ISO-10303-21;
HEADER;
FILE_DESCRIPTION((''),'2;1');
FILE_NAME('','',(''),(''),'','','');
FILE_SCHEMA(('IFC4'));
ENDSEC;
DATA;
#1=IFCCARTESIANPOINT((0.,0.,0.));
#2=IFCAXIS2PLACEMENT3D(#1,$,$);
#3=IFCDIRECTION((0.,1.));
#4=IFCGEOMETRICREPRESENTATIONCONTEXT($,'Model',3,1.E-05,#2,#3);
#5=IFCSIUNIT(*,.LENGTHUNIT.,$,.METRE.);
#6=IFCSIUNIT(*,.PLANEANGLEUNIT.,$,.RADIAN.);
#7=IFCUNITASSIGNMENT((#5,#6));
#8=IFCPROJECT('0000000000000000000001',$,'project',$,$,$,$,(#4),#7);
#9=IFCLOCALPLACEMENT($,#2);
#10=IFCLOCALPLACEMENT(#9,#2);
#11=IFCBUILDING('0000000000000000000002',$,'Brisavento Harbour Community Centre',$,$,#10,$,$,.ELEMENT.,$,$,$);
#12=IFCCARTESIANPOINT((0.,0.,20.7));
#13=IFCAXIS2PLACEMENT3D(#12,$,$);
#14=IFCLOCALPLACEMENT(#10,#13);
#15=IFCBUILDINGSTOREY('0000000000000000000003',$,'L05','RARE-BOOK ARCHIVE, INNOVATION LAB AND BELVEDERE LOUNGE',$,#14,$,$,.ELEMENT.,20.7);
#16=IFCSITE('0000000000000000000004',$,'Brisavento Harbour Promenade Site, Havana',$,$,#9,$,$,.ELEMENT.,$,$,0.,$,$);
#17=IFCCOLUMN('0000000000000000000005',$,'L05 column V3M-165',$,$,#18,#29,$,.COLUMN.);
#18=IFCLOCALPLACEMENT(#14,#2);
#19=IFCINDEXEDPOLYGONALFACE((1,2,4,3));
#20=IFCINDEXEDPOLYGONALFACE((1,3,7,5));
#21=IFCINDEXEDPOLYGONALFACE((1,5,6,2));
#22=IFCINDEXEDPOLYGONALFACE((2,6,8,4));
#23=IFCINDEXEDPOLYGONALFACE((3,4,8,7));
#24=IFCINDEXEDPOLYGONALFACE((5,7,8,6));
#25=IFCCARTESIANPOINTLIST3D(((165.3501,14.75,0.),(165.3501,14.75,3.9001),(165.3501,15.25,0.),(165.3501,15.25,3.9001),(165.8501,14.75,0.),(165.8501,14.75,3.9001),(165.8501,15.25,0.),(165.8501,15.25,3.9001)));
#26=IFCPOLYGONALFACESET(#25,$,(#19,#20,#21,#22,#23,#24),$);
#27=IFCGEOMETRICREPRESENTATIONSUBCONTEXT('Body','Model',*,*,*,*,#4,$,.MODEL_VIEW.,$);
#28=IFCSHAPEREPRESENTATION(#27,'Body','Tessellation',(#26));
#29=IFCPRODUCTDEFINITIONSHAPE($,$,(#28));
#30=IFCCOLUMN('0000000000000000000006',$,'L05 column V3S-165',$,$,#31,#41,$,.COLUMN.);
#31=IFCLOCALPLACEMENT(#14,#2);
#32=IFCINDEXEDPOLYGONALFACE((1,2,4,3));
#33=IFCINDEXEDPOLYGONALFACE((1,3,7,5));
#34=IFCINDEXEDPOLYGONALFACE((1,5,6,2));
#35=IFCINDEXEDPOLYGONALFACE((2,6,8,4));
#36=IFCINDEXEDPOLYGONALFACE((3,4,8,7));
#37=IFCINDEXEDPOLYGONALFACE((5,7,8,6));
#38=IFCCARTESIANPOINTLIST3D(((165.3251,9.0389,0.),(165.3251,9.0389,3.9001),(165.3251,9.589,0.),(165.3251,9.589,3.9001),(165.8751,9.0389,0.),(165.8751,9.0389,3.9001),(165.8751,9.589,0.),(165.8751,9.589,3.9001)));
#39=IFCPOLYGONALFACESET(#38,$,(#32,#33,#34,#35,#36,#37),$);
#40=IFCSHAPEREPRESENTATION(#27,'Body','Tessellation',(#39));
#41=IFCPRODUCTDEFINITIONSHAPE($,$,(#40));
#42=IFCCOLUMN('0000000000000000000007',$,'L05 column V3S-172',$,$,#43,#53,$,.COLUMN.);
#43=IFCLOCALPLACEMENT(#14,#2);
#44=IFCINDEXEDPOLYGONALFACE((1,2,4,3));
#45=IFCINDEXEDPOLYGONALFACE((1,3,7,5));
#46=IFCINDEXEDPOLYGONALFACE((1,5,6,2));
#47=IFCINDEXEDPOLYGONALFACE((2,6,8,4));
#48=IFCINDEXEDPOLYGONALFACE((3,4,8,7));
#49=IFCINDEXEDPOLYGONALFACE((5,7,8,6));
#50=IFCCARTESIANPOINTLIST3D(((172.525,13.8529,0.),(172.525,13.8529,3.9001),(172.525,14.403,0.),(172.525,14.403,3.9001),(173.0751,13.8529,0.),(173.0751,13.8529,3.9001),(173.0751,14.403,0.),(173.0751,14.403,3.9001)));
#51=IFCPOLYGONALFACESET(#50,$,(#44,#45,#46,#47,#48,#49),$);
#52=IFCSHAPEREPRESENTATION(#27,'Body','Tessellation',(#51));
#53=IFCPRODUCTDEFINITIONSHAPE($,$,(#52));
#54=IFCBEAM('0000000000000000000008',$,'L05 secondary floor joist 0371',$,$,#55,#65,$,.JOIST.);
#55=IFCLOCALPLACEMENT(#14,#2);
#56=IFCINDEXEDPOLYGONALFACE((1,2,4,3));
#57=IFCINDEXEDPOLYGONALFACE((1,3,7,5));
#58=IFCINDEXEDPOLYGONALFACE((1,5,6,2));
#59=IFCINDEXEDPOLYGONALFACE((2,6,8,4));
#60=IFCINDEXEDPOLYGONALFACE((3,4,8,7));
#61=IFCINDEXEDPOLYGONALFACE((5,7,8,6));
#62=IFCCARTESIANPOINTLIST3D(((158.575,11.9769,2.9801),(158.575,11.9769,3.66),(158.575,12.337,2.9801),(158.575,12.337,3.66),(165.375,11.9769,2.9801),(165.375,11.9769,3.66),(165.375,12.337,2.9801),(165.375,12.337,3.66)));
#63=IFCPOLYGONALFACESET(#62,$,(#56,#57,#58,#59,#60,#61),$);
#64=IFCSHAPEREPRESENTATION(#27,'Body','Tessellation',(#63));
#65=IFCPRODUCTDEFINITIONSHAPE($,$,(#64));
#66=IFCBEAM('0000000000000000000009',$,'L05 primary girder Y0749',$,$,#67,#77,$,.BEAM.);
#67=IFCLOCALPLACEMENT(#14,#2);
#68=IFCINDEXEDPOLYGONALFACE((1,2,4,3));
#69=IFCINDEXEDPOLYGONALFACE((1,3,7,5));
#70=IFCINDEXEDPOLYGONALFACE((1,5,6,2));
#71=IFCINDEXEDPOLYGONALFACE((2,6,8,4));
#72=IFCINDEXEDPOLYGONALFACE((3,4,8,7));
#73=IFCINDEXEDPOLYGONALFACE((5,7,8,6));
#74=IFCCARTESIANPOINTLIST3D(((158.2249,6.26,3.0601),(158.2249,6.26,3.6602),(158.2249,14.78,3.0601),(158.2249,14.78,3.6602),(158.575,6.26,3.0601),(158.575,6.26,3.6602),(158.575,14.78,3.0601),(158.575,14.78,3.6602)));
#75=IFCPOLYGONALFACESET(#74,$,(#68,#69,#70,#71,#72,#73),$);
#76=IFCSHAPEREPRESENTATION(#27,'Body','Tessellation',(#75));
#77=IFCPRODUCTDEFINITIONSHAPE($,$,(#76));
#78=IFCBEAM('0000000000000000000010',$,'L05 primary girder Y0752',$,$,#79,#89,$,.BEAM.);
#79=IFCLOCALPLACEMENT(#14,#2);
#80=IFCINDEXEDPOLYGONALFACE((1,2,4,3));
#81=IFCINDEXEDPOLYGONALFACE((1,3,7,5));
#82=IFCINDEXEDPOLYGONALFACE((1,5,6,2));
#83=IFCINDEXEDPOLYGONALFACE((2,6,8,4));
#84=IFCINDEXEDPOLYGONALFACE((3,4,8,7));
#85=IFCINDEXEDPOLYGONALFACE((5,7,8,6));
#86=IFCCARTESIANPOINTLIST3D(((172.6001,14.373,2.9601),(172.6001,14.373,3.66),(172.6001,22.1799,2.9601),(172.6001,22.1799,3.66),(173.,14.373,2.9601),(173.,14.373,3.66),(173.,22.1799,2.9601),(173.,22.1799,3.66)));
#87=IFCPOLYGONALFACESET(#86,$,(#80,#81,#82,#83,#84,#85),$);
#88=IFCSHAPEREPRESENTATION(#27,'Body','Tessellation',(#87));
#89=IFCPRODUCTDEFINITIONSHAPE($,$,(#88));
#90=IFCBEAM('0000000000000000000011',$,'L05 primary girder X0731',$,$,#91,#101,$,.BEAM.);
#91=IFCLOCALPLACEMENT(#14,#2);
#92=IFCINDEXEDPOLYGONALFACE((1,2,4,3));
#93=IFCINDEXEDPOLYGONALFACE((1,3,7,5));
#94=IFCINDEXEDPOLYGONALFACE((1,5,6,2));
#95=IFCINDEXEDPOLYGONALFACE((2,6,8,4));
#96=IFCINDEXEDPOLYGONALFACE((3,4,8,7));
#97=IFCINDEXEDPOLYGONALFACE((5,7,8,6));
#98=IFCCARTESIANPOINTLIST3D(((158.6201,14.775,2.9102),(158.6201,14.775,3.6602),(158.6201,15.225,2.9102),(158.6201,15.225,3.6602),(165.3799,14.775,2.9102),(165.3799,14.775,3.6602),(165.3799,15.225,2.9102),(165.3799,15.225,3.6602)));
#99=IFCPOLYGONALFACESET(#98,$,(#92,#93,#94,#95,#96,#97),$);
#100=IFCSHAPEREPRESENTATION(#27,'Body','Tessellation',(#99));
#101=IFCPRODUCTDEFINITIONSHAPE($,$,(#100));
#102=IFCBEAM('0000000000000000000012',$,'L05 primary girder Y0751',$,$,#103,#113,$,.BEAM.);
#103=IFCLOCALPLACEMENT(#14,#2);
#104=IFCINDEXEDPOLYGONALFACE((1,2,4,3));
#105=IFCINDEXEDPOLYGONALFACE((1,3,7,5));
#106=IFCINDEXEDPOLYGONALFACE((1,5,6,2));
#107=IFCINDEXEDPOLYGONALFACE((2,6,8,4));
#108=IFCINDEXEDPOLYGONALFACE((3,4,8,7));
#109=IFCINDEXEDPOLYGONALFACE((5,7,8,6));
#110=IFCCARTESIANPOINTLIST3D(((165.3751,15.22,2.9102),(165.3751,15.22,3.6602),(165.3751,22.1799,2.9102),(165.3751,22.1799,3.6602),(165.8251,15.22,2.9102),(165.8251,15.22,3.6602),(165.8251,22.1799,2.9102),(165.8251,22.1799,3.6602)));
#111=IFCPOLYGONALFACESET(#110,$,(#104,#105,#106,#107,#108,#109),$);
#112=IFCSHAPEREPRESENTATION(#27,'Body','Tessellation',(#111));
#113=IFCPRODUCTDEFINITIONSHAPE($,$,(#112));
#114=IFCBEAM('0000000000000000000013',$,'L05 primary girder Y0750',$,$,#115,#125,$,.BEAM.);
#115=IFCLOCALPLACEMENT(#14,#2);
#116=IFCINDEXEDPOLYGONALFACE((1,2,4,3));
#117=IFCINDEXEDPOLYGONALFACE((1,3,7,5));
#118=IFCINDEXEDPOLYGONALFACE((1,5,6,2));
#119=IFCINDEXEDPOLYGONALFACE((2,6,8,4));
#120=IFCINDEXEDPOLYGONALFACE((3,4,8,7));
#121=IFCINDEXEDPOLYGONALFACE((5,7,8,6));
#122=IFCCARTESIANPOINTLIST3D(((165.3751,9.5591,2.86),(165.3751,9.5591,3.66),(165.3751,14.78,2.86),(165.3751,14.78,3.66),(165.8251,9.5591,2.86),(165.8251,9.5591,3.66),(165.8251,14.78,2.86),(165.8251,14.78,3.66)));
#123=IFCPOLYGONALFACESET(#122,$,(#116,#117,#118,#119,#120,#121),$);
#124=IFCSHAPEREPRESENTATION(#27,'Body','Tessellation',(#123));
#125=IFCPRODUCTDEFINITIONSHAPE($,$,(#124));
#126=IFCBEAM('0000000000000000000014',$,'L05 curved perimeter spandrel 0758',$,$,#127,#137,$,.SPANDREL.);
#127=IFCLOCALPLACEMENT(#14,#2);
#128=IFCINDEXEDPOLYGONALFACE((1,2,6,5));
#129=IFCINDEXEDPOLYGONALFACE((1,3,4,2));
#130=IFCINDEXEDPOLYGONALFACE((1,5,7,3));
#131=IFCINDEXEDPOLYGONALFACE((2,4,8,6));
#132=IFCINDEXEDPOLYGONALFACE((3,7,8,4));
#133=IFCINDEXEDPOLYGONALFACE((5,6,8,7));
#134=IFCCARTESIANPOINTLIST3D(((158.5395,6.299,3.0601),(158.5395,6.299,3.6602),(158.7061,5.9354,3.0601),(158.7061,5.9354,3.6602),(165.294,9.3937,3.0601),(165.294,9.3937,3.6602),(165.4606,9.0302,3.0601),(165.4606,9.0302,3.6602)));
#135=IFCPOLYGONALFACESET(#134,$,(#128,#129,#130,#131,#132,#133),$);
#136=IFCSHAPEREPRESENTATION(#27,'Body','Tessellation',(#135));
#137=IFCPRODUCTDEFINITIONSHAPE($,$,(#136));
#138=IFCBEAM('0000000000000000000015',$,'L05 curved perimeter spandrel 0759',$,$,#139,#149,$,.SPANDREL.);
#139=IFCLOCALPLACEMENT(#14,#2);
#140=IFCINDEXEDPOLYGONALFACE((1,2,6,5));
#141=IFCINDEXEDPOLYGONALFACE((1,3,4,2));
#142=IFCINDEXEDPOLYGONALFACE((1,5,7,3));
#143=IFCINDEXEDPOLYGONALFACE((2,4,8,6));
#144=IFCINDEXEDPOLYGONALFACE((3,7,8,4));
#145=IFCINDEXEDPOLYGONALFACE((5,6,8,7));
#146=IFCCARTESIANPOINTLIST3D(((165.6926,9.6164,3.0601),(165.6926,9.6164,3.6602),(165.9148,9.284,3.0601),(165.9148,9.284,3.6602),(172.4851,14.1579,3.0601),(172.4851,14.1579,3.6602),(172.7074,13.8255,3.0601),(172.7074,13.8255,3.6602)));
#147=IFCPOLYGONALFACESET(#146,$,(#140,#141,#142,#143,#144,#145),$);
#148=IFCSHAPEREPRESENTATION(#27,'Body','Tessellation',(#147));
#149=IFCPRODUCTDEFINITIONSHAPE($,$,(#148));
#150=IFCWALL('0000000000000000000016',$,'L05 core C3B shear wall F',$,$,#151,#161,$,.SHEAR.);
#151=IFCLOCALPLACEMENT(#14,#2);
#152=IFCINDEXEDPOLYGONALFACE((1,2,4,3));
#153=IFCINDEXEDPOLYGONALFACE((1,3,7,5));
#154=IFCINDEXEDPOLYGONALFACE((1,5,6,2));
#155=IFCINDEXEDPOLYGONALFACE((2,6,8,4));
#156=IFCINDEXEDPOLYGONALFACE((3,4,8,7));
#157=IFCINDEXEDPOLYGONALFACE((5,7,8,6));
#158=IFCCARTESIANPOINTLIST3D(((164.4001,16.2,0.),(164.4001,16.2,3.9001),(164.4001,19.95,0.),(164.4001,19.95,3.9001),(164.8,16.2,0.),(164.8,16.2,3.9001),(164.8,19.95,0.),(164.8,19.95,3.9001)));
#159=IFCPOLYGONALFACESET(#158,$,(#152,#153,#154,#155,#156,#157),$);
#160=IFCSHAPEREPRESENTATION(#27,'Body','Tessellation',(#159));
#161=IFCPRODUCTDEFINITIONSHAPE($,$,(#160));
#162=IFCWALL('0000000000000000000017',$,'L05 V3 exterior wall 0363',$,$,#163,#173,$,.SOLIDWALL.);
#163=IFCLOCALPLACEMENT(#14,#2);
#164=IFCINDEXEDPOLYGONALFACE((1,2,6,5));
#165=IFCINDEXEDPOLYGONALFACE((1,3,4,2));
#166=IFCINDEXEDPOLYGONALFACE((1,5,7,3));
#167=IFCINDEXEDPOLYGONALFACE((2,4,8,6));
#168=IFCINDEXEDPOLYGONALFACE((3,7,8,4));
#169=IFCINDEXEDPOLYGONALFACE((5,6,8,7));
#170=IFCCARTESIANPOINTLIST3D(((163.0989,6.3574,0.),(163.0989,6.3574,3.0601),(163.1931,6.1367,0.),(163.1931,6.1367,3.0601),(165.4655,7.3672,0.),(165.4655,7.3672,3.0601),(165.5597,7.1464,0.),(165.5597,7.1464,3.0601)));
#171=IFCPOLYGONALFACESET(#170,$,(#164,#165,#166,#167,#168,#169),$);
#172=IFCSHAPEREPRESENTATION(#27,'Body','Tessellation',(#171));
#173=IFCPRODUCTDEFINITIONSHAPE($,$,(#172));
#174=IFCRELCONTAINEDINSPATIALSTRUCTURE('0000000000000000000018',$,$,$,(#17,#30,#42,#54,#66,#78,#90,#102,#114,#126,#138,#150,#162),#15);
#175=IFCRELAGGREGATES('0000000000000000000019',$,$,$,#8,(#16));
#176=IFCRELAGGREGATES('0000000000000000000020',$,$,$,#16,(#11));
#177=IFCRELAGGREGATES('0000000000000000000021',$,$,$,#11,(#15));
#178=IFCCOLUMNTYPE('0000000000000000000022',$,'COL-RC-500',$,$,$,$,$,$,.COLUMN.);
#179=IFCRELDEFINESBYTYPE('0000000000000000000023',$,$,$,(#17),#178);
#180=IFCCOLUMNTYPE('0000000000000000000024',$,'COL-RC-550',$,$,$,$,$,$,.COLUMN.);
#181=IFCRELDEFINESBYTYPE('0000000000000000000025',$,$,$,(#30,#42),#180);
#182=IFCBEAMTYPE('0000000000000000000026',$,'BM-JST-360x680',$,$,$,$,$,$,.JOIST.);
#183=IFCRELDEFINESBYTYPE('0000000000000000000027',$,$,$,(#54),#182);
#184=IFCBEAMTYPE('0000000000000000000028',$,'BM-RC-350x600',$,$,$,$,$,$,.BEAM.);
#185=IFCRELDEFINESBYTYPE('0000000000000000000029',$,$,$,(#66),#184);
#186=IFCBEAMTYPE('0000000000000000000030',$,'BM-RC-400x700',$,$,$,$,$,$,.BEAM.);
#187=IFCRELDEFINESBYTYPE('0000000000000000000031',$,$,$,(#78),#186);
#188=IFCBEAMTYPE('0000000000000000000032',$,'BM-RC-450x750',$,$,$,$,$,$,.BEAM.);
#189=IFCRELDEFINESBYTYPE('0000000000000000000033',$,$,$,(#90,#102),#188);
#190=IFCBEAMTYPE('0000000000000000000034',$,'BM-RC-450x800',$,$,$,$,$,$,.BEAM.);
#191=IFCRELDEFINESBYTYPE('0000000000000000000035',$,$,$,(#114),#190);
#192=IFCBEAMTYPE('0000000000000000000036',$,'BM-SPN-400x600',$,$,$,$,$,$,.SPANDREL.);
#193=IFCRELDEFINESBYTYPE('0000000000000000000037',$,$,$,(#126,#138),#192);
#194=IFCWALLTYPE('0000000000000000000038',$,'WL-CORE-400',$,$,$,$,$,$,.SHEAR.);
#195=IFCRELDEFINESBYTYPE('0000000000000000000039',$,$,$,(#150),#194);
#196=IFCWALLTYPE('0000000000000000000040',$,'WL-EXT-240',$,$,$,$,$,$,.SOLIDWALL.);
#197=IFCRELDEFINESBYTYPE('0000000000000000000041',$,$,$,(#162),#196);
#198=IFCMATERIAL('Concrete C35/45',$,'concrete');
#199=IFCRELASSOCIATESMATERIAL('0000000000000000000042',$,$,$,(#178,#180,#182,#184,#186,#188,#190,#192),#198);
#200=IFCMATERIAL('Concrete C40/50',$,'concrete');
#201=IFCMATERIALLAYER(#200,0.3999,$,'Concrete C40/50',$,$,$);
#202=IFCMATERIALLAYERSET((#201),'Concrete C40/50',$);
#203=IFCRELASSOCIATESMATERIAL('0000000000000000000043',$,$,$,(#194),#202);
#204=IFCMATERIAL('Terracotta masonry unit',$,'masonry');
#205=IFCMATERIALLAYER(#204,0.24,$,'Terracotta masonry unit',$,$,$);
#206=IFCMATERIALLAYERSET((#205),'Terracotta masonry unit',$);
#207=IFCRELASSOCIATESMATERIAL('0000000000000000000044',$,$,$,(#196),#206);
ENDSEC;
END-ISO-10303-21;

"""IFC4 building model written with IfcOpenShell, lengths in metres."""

from ifc_helpers import new_model, si_unit, direction, frame, frame_2d, origin, origin_2d, place, context, subcontext, project, spatial, rectangle, extrude, material, layer, layer_set, material_profile, profile_set, type_object, element, save


model = new_model("IFC4")

# Units and contexts
model_context = context("Model", 3, precision=1e-05, world=origin(), true_north=direction((0.0, 1.0)))
body_context = subcontext(model_context, "Body", "Model", "MODEL_VIEW")
ifc_project = project(units=[si_unit("LENGTHUNIT", "METRE"), si_unit("PLANEANGLEUNIT", "RADIAN")], contexts=[model_context])

# Site, building, storey
site_placement = place(None, origin())
site = spatial("IfcSite", under=ifc_project, at=site_placement, Name="Brisavento Harbour Promenade Site, Havana", CompositionType="ELEMENT", RefElevation=0.0)
building_placement = place(site_placement, origin())
building = spatial("IfcBuilding", under=site, at=building_placement, Name="Brisavento Harbour Community Centre", CompositionType="ELEMENT")
storey_placement = place(building_placement, frame((0.0, 0.0, 20.7)))
storey = spatial("IfcBuildingStorey", under=building, at=storey_placement, Name="L05", Description="RARE-BOOK ARCHIVE, INNOVATION LAB AND BELVEDERE LOUNGE", CompositionType="ELEMENT", Elevation=20.7)

# Columns
ifc_material_1 = material(Name="Concrete C35/45", Category="concrete")
ifc_material_profile_1 = material_profile(ifc_material_1, rectangle(XDim=0.5, YDim=0.5, at=origin_2d()), Name="Concrete C35/45")
ifc_profile_set_1 = profile_set([ifc_material_profile_1], Name="Concrete C35/45")
column_type_1 = type_object("IfcColumnType", Name="COL-RC-500", PredefinedType="COLUMN", material=ifc_profile_set_1)
column_placement = place(storey_placement, frame((165.6001, 15.0, 0.0), z_axis=(0.0, 0.0, 1.0), x_axis=(1.0, 0.0, 0.0)))
element("IfcColumn", 1, at=column_placement, inside=storey, type_object=column_type_1, Name="L05 column V3M-165", PredefinedType="COLUMN", context=body_context, shape_type="SweptSolid", body=[
    extrude(rectangle(XDim=0.5, YDim=0.5, at=origin_2d()), origin(), (0.0, 0.0, 1.0), 3.9001),
])
ifc_material_profile_2 = material_profile(ifc_material_1, rectangle(XDim=0.55, YDim=0.55, at=origin_2d()), Name="Concrete C35/45")
ifc_profile_set_2 = profile_set([ifc_material_profile_2], Name="Concrete C35/45")
column_type_2 = type_object("IfcColumnType", Name="COL-RC-550", PredefinedType="COLUMN", material=ifc_profile_set_2)
for number, where, z_axis, x_axis, name in (
    (2, (165.6001, 9.314, 0.0), (0.0, 0.0, 1.0), (1.0, 0.0, 0.0), "L05 column V3S-165"),
    (3, (172.8, 14.1279, 0.0), (0.0, 0.0, 1.0), (1.0, 0.0, 0.0), "L05 column V3S-172"),
):
    element("IfcColumn", number, at=place(storey_placement, frame(where, z_axis=z_axis, x_axis=x_axis)), inside=storey, type_object=column_type_2, Name=name, PredefinedType="COLUMN", context=body_context, shape_type="SweptSolid", body=[
        extrude(rectangle(XDim=0.55, YDim=0.55, at=origin_2d()), origin(), (0.0, 0.0, 1.0), 3.9001),
    ])

# Beams
ifc_material_profile_3 = material_profile(ifc_material_1, rectangle(XDim=0.3601, YDim=0.6799, at=origin_2d()), Name="Concrete C35/45")
ifc_profile_set_3 = profile_set([ifc_material_profile_3], Name="Concrete C35/45")
beam_type_1 = type_object("IfcBeamType", Name="BM-JST-360x680", PredefinedType="JOIST", material=ifc_profile_set_3)
beam_1_placement = place(storey_placement, frame((158.575, 12.157, 3.3201), z_axis=(1.0, 0.0, 0.0), x_axis=(0.0, 1.0, 0.0)))
element("IfcBeam", 4, at=beam_1_placement, inside=storey, type_object=beam_type_1, Name="L05 secondary floor joist 0371", PredefinedType="JOIST", context=body_context, shape_type="SweptSolid", body=[
    extrude(rectangle(XDim=0.3601, YDim=0.6799, at=origin_2d()), origin(), (0.0, 0.0, 1.0), 6.8),
])
ifc_material_profile_4 = material_profile(ifc_material_1, rectangle(XDim=0.3501, YDim=0.6001, at=origin_2d()), Name="Concrete C35/45")
ifc_profile_set_4 = profile_set([ifc_material_profile_4], Name="Concrete C35/45")
beam_type_2 = type_object("IfcBeamType", Name="BM-RC-350x600", PredefinedType="BEAM", material=ifc_profile_set_4)
beam_2_placement = place(storey_placement, frame((158.3999, 6.26, 3.3601), z_axis=(0.0, 1.0, 0.0), x_axis=(-1.0, 0.0, 0.0)))
element("IfcBeam", 5, at=beam_2_placement, inside=storey, type_object=beam_type_2, Name="L05 primary girder Y0749", PredefinedType="BEAM", context=body_context, shape_type="SweptSolid", body=[
    extrude(rectangle(XDim=0.3501, YDim=0.6001, at=origin_2d()), origin(), (0.0, 0.0, 1.0), 8.52),
])
ifc_material_profile_5 = material_profile(ifc_material_1, rectangle(XDim=0.3999, YDim=0.7, at=origin_2d()), Name="Concrete C35/45")
ifc_profile_set_5 = profile_set([ifc_material_profile_5], Name="Concrete C35/45")
beam_type_3 = type_object("IfcBeamType", Name="BM-RC-400x700", PredefinedType="BEAM", material=ifc_profile_set_5)
beam_3_placement = place(storey_placement, frame((172.8, 14.373, 3.3101), z_axis=(0.0, 1.0, 0.0), x_axis=(-1.0, 0.0, 0.0)))
element("IfcBeam", 6, at=beam_3_placement, inside=storey, type_object=beam_type_3, Name="L05 primary girder Y0752", PredefinedType="BEAM", context=body_context, shape_type="SweptSolid", body=[
    extrude(rectangle(XDim=0.3999, YDim=0.7, at=origin_2d()), origin(), (0.0, 0.0, 1.0), 7.8069),
])
ifc_material_profile_6 = material_profile(ifc_material_1, rectangle(XDim=0.45, YDim=0.75, at=origin_2d()), Name="Concrete C35/45")
ifc_profile_set_6 = profile_set([ifc_material_profile_6], Name="Concrete C35/45")
beam_type_4 = type_object("IfcBeamType", Name="BM-RC-450x750", PredefinedType="BEAM", material=ifc_profile_set_6)
beam_4_placement = place(storey_placement, frame((158.6201, 15.0, 3.2852), z_axis=(1.0, 0.0, 0.0), x_axis=(0.0, 1.0, 0.0)))
element("IfcBeam", 7, at=beam_4_placement, inside=storey, type_object=beam_type_4, Name="L05 primary girder X0731", PredefinedType="BEAM", context=body_context, shape_type="SweptSolid", body=[
    extrude(rectangle(XDim=0.45, YDim=0.75, at=origin_2d()), origin(), (0.0, 0.0, 1.0), 6.7598),
])
beam_5_placement = place(storey_placement, frame((165.6001, 15.22, 3.2852), z_axis=(0.0, 1.0, 0.0), x_axis=(-1.0, 0.0, 0.0)))
element("IfcBeam", 8, at=beam_5_placement, inside=storey, type_object=beam_type_4, Name="L05 primary girder Y0751", PredefinedType="BEAM", context=body_context, shape_type="SweptSolid", body=[
    extrude(rectangle(XDim=0.45, YDim=0.75, at=origin_2d()), origin(), (0.0, 0.0, 1.0), 6.96),
])
ifc_material_profile_7 = material_profile(ifc_material_1, rectangle(XDim=0.45, YDim=0.8, at=origin_2d()), Name="Concrete C35/45")
ifc_profile_set_7 = profile_set([ifc_material_profile_7], Name="Concrete C35/45")
beam_type_5 = type_object("IfcBeamType", Name="BM-RC-450x800", PredefinedType="BEAM", material=ifc_profile_set_7)
beam_6_placement = place(storey_placement, frame((165.6001, 9.5591, 3.26), z_axis=(0.0, 1.0, 0.0), x_axis=(-1.0, 0.0, 0.0)))
element("IfcBeam", 9, at=beam_6_placement, inside=storey, type_object=beam_type_5, Name="L05 primary girder Y0750", PredefinedType="BEAM", context=body_context, shape_type="SweptSolid", body=[
    extrude(rectangle(XDim=0.45, YDim=0.8, at=origin_2d()), origin(), (0.0, 0.0, 1.0), 5.2209),
])
ifc_material_profile_8 = material_profile(ifc_material_1, rectangle(XDim=0.3999, YDim=0.6001, at=origin_2d()), Name="Concrete C35/45")
ifc_profile_set_8 = profile_set([ifc_material_profile_8], Name="Concrete C35/45")
beam_type_6 = type_object("IfcBeamType", Name="BM-SPN-400x600", PredefinedType="SPANDREL", material=ifc_profile_set_8)
beam_7_placement = place(storey_placement, frame((158.6228, 6.1172, 3.3601), z_axis=(0.909118, 0.416539, 0.0), x_axis=(-0.416539, 0.909118, 0.0)))
element("IfcBeam", 10, at=beam_7_placement, inside=storey, type_object=beam_type_6, Name="L05 curved perimeter spandrel 0758", PredefinedType="SPANDREL", context=body_context, shape_type="SweptSolid", body=[
    extrude(rectangle(XDim=0.3999, YDim=0.6001, at=origin_2d()), origin(), (0.0, 0.0, 1.0), 7.4297),
])
beam_8_placement = place(storey_placement, frame((165.8037, 9.4502, 3.3601), z_axis=(0.831305, 0.555817, 0.0), x_axis=(-0.555817, 0.831305, 0.0)))
element("IfcBeam", 11, at=beam_8_placement, inside=storey, type_object=beam_type_6, Name="L05 curved perimeter spandrel 0759", PredefinedType="SPANDREL", context=body_context, shape_type="SweptSolid", body=[
    extrude(rectangle(XDim=0.3999, YDim=0.6001, at=origin_2d()), origin(), (0.0, 0.0, 1.0), 8.1709),
])

# Walls
ifc_material_2 = material(Name="Concrete C40/50", Category="concrete")
ifc_layer_1 = layer(ifc_material_2, 0.3999, Name="Concrete C40/50")
ifc_layer_set_1 = layer_set([ifc_layer_1], Name="Concrete C40/50")
wall_type_1 = type_object("IfcWallType", Name="WL-CORE-400", PredefinedType="SHEAR", material=ifc_layer_set_1)
wall_1_placement = place(storey_placement, frame((164.6001, 16.2, 0.0), z_axis=(0.0, 0.0, 1.0), x_axis=(0.0, 1.0, 0.0)))
element("IfcWall", 12, at=wall_1_placement, inside=storey, type_object=wall_type_1, Name="L05 core C3B shear wall F", PredefinedType="SHEAR", context=body_context, shape_type="SweptSolid", body=[
    extrude(rectangle(XDim=3.75, YDim=0.3999, at=frame_2d((1.875, 0.0))), origin(), (0.0, 0.0, 1.0), 3.9001),
])
ifc_material_3 = material(Name="Terracotta masonry unit", Category="masonry")
ifc_layer_2 = layer(ifc_material_3, 0.24, Name="Terracotta masonry unit")
ifc_layer_set_2 = layer_set([ifc_layer_2], Name="Terracotta masonry unit")
wall_type_2 = type_object("IfcWallType", Name="WL-EXT-240", PredefinedType="SOLIDWALL", material=ifc_layer_set_2)
wall_2_placement = place(storey_placement, frame((165.5127, 7.2568, 0.0), z_axis=(0.0, 0.0, 1.0), x_axis=(-0.919782, -0.39243, 0.0)))
element("IfcWall", 13, at=wall_2_placement, inside=storey, type_object=wall_type_2, Name="L05 V3 exterior wall 0363", PredefinedType="SOLIDWALL", context=body_context, shape_type="SweptSolid", body=[
    extrude(rectangle(XDim=2.573, YDim=0.24, at=frame_2d((1.2866, 0.0))), origin(), (0.0, 0.0, 1.0), 3.0601),
])

save(model, "model.ifc")
